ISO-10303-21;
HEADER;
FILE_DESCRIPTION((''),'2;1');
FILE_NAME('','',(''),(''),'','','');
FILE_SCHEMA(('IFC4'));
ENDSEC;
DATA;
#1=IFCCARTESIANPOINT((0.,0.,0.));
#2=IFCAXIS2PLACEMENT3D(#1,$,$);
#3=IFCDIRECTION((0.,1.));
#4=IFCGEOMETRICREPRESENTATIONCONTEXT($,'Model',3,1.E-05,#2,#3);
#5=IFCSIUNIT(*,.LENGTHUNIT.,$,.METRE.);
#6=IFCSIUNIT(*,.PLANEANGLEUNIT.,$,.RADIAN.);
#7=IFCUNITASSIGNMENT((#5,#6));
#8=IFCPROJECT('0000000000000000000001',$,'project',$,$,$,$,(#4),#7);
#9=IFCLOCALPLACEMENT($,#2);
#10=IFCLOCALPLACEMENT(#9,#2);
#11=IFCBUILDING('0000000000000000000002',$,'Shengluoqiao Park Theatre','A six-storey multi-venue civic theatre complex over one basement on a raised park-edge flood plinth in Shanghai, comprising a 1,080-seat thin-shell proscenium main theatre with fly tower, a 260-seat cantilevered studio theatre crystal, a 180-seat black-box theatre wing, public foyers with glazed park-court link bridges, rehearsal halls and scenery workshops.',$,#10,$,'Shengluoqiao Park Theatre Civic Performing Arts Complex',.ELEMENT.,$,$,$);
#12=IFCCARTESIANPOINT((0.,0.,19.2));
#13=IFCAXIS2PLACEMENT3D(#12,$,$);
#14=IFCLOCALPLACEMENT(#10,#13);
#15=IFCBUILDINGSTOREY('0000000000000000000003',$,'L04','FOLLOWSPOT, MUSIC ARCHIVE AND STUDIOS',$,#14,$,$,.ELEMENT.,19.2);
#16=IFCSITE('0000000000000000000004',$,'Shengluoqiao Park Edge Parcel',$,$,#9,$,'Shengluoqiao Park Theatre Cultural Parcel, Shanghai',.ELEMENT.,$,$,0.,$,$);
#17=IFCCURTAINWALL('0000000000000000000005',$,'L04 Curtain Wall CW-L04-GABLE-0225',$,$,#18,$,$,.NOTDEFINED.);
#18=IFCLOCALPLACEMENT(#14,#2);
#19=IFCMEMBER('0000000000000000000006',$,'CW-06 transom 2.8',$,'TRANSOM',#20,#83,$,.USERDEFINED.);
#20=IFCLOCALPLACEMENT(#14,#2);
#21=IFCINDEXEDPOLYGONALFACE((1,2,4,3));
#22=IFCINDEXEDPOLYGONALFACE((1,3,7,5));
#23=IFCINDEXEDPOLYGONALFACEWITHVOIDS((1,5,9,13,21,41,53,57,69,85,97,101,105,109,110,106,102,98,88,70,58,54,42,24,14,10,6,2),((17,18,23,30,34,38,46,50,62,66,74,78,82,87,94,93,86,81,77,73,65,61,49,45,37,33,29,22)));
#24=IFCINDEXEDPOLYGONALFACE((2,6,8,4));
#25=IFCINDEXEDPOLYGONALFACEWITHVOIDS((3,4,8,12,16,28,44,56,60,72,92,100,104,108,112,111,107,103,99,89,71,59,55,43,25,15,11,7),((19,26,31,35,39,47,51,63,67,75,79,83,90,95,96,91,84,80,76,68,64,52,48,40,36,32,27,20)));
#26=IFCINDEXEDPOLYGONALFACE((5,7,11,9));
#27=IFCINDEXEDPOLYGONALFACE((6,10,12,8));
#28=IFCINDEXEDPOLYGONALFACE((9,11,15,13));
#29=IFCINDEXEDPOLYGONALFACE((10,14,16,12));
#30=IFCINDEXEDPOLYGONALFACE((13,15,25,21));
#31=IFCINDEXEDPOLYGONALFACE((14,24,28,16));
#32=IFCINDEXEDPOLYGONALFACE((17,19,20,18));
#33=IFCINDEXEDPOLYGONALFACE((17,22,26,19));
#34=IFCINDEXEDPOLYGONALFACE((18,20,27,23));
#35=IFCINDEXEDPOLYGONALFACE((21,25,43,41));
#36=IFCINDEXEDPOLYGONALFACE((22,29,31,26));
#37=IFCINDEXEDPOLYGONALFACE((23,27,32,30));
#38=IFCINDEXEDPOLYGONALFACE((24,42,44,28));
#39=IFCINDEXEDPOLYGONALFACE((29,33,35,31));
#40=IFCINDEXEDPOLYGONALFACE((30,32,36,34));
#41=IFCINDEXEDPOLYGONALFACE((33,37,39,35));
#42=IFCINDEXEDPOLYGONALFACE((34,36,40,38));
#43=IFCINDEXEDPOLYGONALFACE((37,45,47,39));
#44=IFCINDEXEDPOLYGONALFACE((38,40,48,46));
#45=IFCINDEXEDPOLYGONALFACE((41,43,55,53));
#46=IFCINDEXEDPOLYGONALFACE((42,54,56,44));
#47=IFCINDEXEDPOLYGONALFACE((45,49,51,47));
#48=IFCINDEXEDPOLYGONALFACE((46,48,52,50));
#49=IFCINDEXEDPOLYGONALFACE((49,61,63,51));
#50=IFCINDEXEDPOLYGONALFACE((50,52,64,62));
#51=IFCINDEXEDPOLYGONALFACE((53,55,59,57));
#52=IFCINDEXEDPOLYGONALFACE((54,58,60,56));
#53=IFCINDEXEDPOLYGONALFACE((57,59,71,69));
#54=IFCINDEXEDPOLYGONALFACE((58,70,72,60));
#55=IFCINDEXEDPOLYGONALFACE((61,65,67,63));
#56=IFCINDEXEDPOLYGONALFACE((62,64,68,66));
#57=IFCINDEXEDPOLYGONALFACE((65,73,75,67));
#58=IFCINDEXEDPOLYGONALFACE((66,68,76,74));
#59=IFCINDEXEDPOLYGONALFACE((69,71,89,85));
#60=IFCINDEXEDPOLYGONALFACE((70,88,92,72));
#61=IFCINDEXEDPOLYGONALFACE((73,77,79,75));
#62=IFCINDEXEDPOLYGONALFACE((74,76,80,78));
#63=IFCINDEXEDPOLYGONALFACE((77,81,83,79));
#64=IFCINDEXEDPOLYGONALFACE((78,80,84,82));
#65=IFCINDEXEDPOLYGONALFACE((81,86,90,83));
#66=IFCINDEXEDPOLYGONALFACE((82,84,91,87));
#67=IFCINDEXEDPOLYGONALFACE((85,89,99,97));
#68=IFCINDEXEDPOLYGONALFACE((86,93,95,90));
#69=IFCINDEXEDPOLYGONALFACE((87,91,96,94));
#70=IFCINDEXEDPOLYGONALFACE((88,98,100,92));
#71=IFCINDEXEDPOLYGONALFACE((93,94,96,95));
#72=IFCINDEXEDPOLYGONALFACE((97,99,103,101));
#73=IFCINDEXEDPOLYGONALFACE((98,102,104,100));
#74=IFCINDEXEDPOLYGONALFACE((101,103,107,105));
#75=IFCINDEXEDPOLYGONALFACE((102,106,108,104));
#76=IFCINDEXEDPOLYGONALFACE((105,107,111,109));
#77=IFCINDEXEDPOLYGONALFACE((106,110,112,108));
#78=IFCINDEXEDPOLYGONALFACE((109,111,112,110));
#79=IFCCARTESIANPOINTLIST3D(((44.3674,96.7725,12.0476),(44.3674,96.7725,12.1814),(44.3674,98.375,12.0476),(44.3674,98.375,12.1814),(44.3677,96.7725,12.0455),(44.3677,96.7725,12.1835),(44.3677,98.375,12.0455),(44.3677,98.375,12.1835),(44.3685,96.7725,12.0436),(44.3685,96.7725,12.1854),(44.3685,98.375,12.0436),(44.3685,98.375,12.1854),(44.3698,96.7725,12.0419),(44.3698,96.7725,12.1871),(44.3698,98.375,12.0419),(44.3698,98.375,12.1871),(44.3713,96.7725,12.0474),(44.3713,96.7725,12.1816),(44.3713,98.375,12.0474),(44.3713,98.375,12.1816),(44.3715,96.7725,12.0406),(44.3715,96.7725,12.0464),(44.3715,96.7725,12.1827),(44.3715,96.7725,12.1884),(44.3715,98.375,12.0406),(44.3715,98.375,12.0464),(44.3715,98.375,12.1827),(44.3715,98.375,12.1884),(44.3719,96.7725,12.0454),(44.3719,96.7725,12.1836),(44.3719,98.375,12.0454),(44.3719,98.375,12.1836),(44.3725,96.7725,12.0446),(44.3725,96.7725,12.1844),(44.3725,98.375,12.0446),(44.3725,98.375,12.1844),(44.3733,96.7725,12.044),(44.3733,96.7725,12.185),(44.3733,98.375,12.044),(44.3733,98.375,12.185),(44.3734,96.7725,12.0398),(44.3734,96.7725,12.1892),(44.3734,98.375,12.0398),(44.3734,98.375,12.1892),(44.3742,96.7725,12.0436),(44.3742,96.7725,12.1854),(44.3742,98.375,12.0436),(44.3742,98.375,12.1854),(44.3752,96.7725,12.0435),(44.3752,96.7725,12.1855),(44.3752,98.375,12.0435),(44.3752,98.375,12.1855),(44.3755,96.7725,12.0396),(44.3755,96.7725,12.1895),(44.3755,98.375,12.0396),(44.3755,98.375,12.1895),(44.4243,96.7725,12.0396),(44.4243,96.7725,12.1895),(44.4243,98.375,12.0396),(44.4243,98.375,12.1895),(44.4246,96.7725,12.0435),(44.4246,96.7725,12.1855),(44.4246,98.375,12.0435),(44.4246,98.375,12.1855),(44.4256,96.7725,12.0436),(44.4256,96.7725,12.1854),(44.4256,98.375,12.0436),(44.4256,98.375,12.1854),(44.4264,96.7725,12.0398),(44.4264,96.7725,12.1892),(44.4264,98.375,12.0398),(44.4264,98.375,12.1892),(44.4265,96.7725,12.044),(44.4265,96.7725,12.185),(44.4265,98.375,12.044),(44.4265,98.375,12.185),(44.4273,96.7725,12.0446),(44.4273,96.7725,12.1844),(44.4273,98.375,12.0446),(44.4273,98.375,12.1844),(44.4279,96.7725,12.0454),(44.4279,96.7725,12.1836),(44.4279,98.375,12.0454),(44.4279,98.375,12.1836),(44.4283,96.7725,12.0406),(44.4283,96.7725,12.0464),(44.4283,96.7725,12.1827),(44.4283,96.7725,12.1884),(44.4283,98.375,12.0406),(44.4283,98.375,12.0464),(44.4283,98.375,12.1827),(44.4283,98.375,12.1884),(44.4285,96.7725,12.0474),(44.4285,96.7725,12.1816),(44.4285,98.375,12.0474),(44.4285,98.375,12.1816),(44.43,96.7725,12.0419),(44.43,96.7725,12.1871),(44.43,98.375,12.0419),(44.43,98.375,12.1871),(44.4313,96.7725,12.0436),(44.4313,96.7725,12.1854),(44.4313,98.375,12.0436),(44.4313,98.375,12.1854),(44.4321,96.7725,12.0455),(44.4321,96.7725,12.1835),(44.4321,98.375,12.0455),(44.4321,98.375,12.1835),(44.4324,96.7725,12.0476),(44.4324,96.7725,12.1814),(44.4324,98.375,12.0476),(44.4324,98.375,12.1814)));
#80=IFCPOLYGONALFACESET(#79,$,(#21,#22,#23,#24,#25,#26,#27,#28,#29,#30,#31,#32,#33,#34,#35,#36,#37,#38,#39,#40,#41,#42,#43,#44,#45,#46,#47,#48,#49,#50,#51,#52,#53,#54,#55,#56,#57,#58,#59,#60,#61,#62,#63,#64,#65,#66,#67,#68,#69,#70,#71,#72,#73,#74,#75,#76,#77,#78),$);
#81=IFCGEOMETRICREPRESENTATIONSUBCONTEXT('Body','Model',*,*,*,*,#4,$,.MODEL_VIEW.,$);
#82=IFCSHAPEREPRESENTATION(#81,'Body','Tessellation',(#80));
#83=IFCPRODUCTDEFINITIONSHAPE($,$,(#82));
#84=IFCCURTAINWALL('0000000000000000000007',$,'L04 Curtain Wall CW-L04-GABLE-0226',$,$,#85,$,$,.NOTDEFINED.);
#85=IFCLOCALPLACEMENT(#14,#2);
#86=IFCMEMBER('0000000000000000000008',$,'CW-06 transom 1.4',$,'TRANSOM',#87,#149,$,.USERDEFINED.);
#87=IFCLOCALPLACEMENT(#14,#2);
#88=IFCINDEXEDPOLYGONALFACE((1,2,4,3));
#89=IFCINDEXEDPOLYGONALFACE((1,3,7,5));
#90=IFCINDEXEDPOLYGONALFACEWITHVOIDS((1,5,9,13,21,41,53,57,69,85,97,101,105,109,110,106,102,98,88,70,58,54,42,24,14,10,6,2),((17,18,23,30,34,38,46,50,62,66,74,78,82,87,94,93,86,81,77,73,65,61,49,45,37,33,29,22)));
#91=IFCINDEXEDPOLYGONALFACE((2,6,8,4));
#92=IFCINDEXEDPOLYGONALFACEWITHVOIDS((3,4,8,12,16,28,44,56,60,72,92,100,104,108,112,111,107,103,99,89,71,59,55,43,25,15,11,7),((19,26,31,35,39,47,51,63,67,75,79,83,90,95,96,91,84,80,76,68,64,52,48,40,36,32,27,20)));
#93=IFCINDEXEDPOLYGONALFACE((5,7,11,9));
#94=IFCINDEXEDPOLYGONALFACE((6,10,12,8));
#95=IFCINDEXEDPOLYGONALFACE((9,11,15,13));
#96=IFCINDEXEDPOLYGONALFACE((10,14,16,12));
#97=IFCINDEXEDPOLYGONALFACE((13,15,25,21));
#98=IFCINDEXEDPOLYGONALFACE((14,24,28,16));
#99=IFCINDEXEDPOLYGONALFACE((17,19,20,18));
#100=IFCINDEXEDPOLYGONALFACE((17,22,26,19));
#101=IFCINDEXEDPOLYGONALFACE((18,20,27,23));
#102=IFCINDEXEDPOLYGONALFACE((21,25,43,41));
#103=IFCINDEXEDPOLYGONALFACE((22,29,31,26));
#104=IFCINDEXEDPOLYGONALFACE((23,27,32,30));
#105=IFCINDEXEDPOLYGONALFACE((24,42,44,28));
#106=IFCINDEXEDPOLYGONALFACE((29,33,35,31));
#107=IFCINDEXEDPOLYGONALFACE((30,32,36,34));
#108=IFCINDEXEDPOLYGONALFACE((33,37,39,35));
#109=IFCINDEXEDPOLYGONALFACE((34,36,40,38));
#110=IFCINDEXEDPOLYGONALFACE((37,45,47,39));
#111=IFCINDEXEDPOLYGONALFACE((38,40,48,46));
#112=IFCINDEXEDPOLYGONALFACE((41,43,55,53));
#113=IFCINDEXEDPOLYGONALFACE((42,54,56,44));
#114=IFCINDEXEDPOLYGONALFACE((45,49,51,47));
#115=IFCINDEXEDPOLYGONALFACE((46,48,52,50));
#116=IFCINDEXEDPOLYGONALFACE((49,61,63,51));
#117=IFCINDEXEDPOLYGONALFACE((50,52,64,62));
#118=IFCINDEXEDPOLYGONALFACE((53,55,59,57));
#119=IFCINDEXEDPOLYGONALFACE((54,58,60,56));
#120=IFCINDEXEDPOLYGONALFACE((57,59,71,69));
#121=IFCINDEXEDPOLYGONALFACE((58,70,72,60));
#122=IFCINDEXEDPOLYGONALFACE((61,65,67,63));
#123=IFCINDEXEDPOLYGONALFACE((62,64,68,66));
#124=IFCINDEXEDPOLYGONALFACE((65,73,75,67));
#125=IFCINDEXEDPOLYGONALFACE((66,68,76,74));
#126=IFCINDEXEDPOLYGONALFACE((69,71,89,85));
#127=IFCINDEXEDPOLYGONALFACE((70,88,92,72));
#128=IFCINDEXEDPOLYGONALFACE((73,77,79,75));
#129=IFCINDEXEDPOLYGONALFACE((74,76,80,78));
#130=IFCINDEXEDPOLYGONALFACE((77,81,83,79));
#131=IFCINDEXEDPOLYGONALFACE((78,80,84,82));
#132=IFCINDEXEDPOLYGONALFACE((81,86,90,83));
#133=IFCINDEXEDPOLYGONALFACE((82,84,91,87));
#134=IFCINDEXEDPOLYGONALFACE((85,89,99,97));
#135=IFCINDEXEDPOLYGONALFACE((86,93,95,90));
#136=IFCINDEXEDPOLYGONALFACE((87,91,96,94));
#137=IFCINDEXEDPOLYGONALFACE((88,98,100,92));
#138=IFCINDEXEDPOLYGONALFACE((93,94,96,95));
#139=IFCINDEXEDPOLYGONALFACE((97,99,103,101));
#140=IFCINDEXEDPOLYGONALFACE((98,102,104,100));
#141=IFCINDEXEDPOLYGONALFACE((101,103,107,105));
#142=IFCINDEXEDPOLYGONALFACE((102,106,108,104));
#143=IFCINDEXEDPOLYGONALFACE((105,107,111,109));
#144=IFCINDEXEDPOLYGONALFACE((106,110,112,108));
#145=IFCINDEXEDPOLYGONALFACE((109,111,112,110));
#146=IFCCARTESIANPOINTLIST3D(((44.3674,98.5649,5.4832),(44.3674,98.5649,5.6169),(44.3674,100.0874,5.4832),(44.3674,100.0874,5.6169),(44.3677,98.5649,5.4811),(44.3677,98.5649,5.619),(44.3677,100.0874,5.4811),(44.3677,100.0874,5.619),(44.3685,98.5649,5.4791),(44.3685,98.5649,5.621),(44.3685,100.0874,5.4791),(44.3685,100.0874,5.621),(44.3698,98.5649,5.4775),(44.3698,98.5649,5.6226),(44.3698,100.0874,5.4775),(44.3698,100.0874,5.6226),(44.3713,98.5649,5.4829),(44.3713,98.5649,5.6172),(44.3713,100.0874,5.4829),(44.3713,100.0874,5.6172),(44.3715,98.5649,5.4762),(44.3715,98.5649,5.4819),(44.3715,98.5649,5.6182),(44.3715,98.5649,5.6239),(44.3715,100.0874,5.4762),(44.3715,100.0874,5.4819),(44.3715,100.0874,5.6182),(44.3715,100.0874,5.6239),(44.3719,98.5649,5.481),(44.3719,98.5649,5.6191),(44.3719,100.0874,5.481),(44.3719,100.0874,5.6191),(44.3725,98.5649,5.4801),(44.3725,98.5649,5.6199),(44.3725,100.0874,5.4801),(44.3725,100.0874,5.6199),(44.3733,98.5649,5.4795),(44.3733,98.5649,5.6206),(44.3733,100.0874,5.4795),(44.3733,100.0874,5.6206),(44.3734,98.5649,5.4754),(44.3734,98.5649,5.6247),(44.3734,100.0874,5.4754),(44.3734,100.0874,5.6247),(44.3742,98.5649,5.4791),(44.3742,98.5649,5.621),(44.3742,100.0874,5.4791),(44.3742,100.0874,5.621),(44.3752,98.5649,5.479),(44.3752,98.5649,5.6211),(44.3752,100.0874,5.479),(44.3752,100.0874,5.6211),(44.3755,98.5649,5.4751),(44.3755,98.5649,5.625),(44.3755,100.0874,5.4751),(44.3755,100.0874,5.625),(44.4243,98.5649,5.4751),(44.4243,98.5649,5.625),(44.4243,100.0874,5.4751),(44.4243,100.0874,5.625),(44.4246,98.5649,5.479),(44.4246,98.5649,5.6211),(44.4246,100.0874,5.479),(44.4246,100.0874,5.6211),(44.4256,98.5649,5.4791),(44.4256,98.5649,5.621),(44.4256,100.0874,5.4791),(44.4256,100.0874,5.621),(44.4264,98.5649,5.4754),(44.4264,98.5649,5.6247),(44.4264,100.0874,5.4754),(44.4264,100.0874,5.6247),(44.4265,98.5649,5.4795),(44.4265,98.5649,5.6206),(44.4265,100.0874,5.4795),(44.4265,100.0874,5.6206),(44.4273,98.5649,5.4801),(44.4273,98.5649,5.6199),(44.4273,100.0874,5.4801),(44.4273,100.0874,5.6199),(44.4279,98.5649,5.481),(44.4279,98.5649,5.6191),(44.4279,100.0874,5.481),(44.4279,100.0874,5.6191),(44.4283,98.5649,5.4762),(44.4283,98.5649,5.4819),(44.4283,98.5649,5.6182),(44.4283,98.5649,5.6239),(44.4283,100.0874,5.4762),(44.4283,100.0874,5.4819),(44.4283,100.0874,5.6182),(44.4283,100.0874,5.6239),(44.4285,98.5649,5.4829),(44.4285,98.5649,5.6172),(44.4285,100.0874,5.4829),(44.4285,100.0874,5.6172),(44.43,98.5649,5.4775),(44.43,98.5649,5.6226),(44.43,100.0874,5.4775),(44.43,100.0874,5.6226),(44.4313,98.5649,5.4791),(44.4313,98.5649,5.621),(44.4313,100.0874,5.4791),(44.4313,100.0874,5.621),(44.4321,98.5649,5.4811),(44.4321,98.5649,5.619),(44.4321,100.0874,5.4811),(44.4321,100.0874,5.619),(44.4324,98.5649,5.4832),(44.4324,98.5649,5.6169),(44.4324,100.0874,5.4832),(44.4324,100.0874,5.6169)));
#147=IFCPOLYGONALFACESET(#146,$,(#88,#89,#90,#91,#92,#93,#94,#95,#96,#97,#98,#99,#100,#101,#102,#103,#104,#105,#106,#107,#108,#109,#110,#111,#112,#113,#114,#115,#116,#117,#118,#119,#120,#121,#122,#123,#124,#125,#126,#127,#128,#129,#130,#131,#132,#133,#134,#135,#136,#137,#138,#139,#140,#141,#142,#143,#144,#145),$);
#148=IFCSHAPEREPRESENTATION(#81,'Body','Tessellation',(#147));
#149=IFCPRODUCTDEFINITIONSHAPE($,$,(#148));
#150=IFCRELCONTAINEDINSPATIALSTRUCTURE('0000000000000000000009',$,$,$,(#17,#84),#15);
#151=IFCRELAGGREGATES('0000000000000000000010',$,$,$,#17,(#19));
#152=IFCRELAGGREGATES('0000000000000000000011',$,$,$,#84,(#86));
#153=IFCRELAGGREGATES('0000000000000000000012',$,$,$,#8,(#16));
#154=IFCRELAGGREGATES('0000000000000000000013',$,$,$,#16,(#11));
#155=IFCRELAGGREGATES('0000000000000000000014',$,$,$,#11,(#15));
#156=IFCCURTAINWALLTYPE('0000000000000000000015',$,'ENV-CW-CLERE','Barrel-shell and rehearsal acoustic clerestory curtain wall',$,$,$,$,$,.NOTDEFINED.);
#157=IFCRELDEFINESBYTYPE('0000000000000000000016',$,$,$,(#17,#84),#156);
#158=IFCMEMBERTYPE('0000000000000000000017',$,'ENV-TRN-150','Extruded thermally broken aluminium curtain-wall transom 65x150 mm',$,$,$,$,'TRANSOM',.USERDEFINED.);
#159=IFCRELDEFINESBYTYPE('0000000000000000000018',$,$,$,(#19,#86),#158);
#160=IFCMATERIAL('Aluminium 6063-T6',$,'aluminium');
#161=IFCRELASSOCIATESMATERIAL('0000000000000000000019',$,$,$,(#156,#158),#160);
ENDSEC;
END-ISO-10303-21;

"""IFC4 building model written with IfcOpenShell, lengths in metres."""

from ifc_helpers import new_model, si_unit, direction, frame, origin, origin_2d, place, context, subcontext, project, spatial, hollow_rectangle, extrude, material, material_profile, profile_set, type_object, element, aggregate, save


model = new_model("IFC4")

# Units and contexts
model_context = context("Model", 3, precision=1e-05, world=origin(), true_north=direction((0.0, 1.0)))
body_context = subcontext(model_context, "Body", "Model", "MODEL_VIEW")
ifc_project = project(units=[si_unit("LENGTHUNIT", "METRE"), si_unit("PLANEANGLEUNIT", "RADIAN")], contexts=[model_context])

# Site, building, storey
site_placement = place(None, origin())
site = spatial("IfcSite", under=ifc_project, at=site_placement, Name="Shengluoqiao Park Edge Parcel", LongName="Shengluoqiao Park Theatre Cultural Parcel, Shanghai", CompositionType="ELEMENT", RefElevation=0.0)
building_placement = place(site_placement, origin())
building = spatial("IfcBuilding", under=site, at=building_placement, Name="Shengluoqiao Park Theatre", Description="A six-storey multi-venue civic theatre complex over one basement on a raised park-edge flood plinth in Shanghai, comprising a 1,080-seat thin-shell proscenium main theatre with fly tower, a 260-seat cantilevered studio theatre crystal, a 180-seat black-box theatre wing, public foyers with glazed park-court link bridges, rehearsal halls and scenery workshops.", LongName="Shengluoqiao Park Theatre Civic Performing Arts Complex", CompositionType="ELEMENT")
storey_placement = place(building_placement, frame((0.0, 0.0, 19.2)))
storey = spatial("IfcBuildingStorey", under=building, at=storey_placement, Name="L04", Description="FOLLOWSPOT, MUSIC ARCHIVE AND STUDIOS", CompositionType="ELEMENT", Elevation=19.2)

# Curtain walls, members
ifc_material_1 = material(Name="Aluminium 6063-T6", Category="aluminium")
curtain_wall_type = type_object("IfcCurtainWallType", Name="ENV-CW-CLERE", Description="Barrel-shell and rehearsal acoustic clerestory curtain wall", PredefinedType="NOTDEFINED", material=ifc_material_1)
curtain_wall_1_placement = place(storey_placement, origin())
curtain_wall_1 = element("IfcCurtainWall", 1, at=curtain_wall_1_placement, inside=storey, type_object=curtain_wall_type, Name="L04 Curtain Wall CW-L04-GABLE-0225", PredefinedType="NOTDEFINED")
ifc_material_profile = material_profile(ifc_material_1, hollow_rectangle(XDim=0.0649, YDim=0.1499, WallThickness=0.0039, InnerFilletRadius=0.0039, OuterFilletRadius=0.0081, at=origin_2d()), Name="ALU TRANSOM 150x65x4")
ifc_profile_set = profile_set([ifc_material_profile], Name="Aluminium 6063-T6")
member_type = type_object("IfcMemberType", Name="ENV-TRN-150", Description="Extruded thermally broken aluminium curtain-wall transom 65x150 mm", ElementType="TRANSOM", PredefinedType="USERDEFINED", material=ifc_profile_set)
member_1_placement = place(storey_placement, frame((44.3999, 96.7725, 12.1145), z_axis=(0.0, 1.0, 0.0), x_axis=(-1.0, 0.0, 0.0)))
member_1 = element("IfcMember", 2, at=member_1_placement, type_object=member_type, Name="CW-06 transom 2.8", ObjectType="TRANSOM", PredefinedType="USERDEFINED", context=body_context, shape_type="SweptSolid", body=[
    extrude(hollow_rectangle(XDim=0.0649, YDim=0.1499, WallThickness=0.0039, InnerFilletRadius=0.0039, OuterFilletRadius=0.0081, at=origin_2d()), origin(), (0.0, 0.0, 1.0), 1.6025),
])
curtain_wall_2_placement = place(storey_placement, origin())
curtain_wall_2 = element("IfcCurtainWall", 3, at=curtain_wall_2_placement, inside=storey, type_object=curtain_wall_type, Name="L04 Curtain Wall CW-L04-GABLE-0226", PredefinedType="NOTDEFINED")
member_2_placement = place(storey_placement, frame((44.3999, 98.5649, 5.55), z_axis=(0.0, 1.0, 0.0), x_axis=(-1.0, 0.0, 0.0)))
member_2 = element("IfcMember", 4, at=member_2_placement, type_object=member_type, Name="CW-06 transom 1.4", ObjectType="TRANSOM", PredefinedType="USERDEFINED", context=body_context, shape_type="SweptSolid", body=[
    extrude(hollow_rectangle(XDim=0.0649, YDim=0.1499, WallThickness=0.0039, InnerFilletRadius=0.0039, OuterFilletRadius=0.0081, at=origin_2d()), origin(), (0.0, 0.0, 1.0), 1.5225),
])

aggregate(curtain_wall_1, [member_1])
aggregate(curtain_wall_2, [member_2])

save(model, "model.ifc")
